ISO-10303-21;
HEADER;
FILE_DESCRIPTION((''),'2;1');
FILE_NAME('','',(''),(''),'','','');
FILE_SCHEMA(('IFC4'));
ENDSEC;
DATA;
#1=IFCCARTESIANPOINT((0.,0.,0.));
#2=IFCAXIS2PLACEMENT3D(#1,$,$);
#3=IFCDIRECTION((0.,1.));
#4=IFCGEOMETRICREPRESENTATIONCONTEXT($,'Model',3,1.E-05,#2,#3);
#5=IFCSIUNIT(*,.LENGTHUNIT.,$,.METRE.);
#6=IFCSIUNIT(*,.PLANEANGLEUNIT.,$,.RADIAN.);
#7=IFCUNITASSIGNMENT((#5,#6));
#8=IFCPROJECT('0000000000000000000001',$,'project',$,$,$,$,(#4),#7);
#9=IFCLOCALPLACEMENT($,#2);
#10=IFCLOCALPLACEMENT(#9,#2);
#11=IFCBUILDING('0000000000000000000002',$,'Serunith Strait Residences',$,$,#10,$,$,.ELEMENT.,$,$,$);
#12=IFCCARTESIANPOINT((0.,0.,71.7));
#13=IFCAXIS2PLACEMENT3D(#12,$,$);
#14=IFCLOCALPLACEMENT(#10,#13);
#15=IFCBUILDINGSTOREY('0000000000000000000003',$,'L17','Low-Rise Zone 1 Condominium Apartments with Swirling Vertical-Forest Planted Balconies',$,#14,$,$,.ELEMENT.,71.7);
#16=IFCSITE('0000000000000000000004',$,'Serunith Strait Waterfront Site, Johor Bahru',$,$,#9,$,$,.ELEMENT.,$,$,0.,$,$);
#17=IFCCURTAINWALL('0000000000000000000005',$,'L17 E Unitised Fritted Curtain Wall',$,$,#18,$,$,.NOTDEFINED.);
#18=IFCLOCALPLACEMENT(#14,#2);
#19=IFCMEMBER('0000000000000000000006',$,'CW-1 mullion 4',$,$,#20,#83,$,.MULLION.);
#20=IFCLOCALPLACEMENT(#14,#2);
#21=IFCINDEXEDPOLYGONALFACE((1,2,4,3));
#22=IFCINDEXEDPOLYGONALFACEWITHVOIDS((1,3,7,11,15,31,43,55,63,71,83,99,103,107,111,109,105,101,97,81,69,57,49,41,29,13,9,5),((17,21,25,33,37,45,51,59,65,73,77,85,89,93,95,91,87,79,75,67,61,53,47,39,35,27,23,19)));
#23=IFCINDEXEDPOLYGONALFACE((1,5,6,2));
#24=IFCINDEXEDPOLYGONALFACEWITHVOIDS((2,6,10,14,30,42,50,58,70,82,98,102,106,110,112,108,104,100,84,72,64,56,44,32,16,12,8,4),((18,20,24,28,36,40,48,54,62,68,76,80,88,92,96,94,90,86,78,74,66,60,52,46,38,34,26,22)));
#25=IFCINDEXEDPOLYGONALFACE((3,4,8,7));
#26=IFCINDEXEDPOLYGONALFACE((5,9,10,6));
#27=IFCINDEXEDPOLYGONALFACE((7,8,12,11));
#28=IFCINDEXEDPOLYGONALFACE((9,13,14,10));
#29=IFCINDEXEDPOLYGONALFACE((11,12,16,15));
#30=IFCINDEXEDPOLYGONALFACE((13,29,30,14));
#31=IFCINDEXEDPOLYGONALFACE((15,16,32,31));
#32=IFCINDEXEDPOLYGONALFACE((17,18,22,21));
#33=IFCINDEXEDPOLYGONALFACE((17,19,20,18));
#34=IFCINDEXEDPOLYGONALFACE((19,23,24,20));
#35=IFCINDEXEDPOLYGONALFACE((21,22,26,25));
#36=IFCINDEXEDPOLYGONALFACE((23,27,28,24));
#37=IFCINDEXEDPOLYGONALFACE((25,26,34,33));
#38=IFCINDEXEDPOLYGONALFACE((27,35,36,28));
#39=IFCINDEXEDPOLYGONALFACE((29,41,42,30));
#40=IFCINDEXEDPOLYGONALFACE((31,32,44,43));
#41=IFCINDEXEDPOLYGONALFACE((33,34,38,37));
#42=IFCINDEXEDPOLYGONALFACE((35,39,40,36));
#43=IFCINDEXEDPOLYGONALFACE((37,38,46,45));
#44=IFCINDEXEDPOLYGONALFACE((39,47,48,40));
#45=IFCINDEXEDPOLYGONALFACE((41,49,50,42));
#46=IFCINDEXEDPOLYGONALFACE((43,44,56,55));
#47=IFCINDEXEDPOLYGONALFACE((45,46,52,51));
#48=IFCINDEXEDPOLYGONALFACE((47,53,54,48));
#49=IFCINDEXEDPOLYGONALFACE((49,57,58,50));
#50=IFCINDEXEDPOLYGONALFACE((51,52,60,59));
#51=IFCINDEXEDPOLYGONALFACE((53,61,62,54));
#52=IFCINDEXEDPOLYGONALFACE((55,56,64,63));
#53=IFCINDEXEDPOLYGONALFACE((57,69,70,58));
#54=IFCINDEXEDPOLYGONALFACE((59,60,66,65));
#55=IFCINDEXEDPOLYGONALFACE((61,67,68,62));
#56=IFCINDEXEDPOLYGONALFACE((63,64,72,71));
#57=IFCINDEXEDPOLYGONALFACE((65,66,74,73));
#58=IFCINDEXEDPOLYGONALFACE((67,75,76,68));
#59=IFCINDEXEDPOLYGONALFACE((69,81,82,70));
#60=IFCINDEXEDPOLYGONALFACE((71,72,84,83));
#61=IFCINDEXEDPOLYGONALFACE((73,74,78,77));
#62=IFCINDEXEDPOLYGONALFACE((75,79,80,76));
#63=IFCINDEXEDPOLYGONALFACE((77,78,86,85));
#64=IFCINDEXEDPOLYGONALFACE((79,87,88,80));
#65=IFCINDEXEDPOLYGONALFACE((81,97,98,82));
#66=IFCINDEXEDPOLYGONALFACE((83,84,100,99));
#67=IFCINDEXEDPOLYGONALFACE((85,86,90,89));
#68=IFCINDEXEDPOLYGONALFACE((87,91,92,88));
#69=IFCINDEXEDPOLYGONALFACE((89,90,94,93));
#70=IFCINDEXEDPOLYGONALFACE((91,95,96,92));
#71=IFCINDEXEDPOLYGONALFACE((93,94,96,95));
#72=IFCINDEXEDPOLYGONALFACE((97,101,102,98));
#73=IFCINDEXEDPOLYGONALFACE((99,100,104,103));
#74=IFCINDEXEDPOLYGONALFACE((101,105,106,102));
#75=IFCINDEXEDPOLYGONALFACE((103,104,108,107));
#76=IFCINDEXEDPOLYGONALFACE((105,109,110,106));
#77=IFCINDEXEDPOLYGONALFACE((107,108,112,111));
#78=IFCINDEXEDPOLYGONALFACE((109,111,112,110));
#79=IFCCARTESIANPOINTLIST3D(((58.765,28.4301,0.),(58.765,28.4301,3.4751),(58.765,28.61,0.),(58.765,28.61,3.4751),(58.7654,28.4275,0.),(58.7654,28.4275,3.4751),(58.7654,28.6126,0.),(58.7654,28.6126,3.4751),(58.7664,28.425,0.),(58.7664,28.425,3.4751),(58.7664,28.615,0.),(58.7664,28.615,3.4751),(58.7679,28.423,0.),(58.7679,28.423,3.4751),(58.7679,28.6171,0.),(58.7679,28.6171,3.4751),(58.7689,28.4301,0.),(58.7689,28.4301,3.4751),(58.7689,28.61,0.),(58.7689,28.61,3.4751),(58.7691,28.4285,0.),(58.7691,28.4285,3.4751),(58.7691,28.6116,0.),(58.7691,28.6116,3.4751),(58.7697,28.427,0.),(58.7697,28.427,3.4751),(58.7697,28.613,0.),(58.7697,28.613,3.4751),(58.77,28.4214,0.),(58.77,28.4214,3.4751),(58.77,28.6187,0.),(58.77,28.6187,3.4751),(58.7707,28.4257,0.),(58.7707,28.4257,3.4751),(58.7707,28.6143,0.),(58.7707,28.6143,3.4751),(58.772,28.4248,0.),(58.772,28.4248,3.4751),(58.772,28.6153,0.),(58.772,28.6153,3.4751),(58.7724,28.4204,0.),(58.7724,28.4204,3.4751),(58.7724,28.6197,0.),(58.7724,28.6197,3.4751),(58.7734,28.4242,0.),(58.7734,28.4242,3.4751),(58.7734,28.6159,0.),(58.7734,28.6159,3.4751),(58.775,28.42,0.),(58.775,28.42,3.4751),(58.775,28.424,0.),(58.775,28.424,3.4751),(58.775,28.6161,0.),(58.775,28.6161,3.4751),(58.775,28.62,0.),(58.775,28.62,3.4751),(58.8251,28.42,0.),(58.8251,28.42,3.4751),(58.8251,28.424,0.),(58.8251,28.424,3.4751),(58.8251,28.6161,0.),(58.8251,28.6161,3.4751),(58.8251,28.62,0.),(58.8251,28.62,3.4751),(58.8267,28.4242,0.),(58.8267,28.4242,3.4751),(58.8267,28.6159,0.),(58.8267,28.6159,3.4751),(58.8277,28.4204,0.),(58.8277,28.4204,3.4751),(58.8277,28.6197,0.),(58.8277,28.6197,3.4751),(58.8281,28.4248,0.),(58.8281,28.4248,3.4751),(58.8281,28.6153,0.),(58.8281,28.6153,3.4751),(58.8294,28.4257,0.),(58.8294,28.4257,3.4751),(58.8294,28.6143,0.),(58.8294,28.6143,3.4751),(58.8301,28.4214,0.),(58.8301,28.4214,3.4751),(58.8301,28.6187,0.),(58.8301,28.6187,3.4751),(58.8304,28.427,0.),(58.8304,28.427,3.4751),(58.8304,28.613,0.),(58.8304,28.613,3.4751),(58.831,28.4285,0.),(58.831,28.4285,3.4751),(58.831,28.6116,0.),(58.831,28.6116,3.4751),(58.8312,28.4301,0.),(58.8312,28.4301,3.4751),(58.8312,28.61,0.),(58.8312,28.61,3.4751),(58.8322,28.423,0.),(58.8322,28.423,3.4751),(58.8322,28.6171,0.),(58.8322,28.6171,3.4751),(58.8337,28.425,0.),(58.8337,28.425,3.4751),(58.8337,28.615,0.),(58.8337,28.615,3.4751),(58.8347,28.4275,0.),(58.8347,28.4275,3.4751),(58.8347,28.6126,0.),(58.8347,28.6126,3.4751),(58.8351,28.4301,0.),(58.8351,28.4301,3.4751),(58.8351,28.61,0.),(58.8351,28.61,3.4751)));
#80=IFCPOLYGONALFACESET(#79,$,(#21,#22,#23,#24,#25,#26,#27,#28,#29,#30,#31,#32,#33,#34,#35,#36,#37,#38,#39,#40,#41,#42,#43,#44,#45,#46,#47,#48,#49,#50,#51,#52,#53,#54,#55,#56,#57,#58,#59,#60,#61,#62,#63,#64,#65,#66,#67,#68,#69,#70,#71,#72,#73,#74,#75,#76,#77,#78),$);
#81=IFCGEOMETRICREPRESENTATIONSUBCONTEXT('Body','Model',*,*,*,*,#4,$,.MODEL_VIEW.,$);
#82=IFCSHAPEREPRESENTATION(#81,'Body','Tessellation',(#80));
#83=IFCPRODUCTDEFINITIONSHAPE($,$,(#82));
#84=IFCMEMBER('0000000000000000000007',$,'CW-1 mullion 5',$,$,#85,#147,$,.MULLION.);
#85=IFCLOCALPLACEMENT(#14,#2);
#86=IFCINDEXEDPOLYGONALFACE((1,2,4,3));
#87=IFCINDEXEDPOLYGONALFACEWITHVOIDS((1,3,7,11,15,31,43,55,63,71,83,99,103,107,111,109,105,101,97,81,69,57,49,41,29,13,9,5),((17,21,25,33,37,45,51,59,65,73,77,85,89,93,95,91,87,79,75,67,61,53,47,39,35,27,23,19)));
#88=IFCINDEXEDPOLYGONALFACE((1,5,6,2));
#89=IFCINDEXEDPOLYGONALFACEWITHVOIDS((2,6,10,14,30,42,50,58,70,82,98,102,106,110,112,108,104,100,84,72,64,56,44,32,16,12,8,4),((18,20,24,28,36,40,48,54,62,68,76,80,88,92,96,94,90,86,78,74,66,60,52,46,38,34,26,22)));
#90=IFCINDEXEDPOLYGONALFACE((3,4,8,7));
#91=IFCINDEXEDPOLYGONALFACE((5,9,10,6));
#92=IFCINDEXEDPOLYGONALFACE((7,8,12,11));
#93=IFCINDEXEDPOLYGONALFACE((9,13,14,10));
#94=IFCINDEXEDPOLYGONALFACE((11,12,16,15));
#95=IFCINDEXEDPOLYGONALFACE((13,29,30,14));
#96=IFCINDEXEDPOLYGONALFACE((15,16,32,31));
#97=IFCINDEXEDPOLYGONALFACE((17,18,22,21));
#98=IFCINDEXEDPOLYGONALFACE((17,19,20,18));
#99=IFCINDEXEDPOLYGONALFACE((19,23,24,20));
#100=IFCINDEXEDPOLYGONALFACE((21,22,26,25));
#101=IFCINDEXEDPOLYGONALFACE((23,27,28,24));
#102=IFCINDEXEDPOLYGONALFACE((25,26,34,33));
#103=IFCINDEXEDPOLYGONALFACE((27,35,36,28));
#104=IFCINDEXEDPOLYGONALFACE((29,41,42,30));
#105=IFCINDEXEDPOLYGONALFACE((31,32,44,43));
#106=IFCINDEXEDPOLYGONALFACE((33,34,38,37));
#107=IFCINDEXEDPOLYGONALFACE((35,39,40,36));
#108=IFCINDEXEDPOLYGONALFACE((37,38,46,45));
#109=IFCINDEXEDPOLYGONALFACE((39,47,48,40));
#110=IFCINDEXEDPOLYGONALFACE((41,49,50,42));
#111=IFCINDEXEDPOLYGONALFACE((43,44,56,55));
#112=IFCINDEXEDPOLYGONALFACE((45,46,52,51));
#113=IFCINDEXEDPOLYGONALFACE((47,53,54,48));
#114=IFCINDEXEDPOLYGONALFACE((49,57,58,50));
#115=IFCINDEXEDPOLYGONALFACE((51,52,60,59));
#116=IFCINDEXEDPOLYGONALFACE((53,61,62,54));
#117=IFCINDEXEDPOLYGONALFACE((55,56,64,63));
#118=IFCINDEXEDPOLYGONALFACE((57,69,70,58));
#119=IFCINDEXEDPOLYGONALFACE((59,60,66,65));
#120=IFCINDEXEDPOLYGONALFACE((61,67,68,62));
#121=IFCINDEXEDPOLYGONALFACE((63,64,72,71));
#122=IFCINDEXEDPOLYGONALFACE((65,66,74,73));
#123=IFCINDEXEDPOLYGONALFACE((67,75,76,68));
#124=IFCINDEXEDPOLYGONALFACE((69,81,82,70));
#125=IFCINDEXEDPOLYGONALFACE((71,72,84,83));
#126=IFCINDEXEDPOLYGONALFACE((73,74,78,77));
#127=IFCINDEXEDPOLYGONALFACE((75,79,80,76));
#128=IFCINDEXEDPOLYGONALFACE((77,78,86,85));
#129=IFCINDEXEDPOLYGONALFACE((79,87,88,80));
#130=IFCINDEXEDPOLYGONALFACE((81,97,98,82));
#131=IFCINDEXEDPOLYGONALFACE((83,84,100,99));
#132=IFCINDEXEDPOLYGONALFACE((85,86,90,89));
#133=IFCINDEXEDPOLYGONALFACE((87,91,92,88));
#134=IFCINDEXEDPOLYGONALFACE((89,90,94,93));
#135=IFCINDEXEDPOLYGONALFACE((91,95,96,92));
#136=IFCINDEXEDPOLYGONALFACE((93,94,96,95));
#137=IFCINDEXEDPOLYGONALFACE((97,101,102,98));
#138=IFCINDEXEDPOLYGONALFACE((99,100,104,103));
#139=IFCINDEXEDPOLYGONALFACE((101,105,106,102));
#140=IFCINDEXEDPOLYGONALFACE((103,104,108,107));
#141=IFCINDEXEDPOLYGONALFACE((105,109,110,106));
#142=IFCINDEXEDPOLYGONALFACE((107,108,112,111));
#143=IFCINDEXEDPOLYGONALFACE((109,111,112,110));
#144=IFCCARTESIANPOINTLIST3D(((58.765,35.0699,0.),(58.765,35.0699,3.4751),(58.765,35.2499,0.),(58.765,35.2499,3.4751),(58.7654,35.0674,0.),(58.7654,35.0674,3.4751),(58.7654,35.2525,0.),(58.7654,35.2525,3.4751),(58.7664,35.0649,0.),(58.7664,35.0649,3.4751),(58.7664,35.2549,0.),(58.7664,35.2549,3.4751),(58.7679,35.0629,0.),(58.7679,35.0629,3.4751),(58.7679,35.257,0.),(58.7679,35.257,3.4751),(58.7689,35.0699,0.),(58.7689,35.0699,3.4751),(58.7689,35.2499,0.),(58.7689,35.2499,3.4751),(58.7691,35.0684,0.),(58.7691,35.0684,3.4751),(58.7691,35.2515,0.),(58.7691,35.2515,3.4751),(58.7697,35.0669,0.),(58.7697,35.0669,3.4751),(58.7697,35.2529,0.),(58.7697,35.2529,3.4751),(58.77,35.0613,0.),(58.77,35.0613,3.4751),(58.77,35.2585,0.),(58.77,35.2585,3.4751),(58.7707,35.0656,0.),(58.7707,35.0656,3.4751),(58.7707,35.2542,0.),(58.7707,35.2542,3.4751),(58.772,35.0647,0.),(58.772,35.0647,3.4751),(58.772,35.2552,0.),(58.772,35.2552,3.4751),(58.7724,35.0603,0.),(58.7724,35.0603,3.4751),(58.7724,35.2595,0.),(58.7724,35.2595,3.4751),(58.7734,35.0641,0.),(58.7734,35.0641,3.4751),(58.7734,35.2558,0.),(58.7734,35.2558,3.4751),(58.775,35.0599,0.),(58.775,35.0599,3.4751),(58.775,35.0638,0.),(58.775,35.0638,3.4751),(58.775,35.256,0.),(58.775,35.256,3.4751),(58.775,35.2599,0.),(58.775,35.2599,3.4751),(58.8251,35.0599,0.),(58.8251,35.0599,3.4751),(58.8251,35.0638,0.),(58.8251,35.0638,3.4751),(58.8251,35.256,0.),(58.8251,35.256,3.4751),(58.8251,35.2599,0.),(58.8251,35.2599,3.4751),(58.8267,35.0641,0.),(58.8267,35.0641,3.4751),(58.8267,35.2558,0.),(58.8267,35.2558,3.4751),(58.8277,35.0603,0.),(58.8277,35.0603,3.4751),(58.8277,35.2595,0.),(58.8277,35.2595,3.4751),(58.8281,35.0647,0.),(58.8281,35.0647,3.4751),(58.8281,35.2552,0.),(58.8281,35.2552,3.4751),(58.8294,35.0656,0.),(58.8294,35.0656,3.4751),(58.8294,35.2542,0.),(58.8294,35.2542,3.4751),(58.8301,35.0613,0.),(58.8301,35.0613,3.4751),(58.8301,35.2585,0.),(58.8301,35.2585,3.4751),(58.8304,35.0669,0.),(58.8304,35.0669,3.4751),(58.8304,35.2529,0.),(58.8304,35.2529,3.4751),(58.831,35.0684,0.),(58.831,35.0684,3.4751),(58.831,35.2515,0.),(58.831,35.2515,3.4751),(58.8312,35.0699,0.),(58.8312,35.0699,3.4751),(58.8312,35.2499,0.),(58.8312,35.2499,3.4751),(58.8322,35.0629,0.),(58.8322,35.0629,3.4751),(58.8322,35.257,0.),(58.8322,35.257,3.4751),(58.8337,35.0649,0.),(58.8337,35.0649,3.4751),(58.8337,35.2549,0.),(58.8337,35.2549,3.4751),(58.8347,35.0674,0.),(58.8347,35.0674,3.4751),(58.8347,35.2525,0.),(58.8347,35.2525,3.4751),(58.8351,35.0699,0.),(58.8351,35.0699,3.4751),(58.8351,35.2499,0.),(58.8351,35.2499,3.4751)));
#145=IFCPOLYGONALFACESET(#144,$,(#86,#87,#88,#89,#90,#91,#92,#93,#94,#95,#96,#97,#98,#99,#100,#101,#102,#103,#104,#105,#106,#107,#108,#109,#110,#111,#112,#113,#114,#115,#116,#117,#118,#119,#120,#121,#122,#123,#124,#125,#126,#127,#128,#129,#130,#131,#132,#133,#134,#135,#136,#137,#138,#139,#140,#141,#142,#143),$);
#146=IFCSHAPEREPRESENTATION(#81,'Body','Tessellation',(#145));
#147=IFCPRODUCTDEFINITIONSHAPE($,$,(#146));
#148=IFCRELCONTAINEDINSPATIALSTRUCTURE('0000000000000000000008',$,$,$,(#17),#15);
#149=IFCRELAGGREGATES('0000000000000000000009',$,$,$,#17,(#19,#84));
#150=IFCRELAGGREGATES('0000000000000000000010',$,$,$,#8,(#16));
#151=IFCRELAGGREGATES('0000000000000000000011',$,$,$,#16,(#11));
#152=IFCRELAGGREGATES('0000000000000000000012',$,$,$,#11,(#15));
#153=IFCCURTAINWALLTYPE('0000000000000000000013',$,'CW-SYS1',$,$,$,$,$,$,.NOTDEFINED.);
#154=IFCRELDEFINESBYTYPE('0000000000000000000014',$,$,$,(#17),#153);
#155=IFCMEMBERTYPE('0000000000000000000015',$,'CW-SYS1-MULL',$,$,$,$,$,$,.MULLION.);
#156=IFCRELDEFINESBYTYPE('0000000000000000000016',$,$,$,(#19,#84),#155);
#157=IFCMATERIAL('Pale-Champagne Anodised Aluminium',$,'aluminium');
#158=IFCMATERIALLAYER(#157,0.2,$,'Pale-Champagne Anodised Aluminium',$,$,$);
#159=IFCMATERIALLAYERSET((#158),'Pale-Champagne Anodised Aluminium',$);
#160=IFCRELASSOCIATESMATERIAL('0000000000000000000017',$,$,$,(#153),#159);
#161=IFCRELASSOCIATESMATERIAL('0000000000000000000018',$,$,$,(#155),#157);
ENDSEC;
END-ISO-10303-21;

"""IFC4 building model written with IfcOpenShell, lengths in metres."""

from ifc_helpers import new_model, si_unit, direction, frame, origin, origin_2d, place, context, subcontext, project, spatial, hollow_rectangle, extrude, source, transform, mapped, material, layer, layer_set, material_profile, profile_set, type_object, element, aggregate, save


model = new_model("IFC4")

# Units and contexts
model_context = context("Model", 3, precision=1e-05, world=origin(), true_north=direction((0.0, 1.0)))
body_context = subcontext(model_context, "Body", "Model", "MODEL_VIEW")
ifc_project = project(units=[si_unit("LENGTHUNIT", "METRE"), si_unit("PLANEANGLEUNIT", "RADIAN")], contexts=[model_context])

# Site, building, storey
site_placement = place(None, origin())
site = spatial("IfcSite", under=ifc_project, at=site_placement, Name="Serunith Strait Waterfront Site, Johor Bahru", CompositionType="ELEMENT", RefElevation=0.0)
building_placement = place(site_placement, origin())
building = spatial("IfcBuilding", under=site, at=building_placement, Name="Serunith Strait Residences", CompositionType="ELEMENT")
storey_placement = place(building_placement, frame((0.0, 0.0, 71.7)))
storey = spatial("IfcBuildingStorey", under=building, at=storey_placement, Name="L17", Description="Low-Rise Zone 1 Condominium Apartments with Swirling Vertical-Forest Planted Balconies", CompositionType="ELEMENT", Elevation=71.7)

# Curtain wall, members
ifc_material_1 = material(Name="Pale-Champagne Anodised Aluminium", Category="aluminium")
ifc_layer_1 = layer(ifc_material_1, 0.2, Name="Pale-Champagne Anodised Aluminium")
ifc_layer_set_1 = layer_set([ifc_layer_1], Name="Pale-Champagne Anodised Aluminium")
curtain_wall_type = type_object("IfcCurtainWallType", Name="CW-SYS1", PredefinedType="NOTDEFINED", material=ifc_layer_set_1)
curtain_wall_placement = place(storey_placement, origin())
curtain_wall = element("IfcCurtainWall", 1, at=curtain_wall_placement, inside=storey, type_object=curtain_wall_type, Name="L17 E Unitised Fritted Curtain Wall", PredefinedType="NOTDEFINED")
ifc_material_profile_1 = material_profile(ifc_material_1, hollow_rectangle(XDim=0.0701, YDim=0.2, WallThickness=0.0039, InnerFilletRadius=0.0061, OuterFilletRadius=0.01, at=origin_2d()), Name="ALU 200x70x4")
ifc_profile_set_1 = profile_set([ifc_material_profile_1], Name="Pale-Champagne Anodised Aluminium")
member_type_1 = type_object("IfcMemberType", Name="CW-SYS1-MULL", PredefinedType="MULLION", material=ifc_profile_set_1)
shared_shape_1 = source(origin(), body_context, "Body", "SweptSolid", [
    extrude(hollow_rectangle(XDim=0.0701, YDim=0.2, WallThickness=0.0039, InnerFilletRadius=0.0061, OuterFilletRadius=0.01, at=origin_2d()), origin(), (0.0, 0.0, 1.0), 3.4751),
])
member_1_placement = place(storey_placement, frame((58.8, 28.52, 0.0), z_axis=(0.0, 0.0, 1.0), x_axis=(-1.0, 0.0, 0.0)))
member_1 = element("IfcMember", 2, at=member_1_placement, type_object=member_type_1, Name="CW-1 mullion 4", PredefinedType="MULLION", context=body_context, shape_type="MappedRepresentation", body=[
    mapped(shared_shape_1, transform((0.0, 0.0, 0.0), scale=1.0)),
])
member_2_placement = place(storey_placement, frame((58.8, 35.1599, 0.0), z_axis=(0.0, 0.0, 1.0), x_axis=(-1.0, 0.0, 0.0)))
member_2 = element("IfcMember", 3, at=member_2_placement, type_object=member_type_1, Name="CW-1 mullion 5", PredefinedType="MULLION", context=body_context, shape_type="MappedRepresentation", body=[
    mapped(shared_shape_1, transform((0.0, 0.0, 0.0), scale=1.0)),
])
aggregate(curtain_wall, [member_1, member_2])

save(model, "model.ifc")
